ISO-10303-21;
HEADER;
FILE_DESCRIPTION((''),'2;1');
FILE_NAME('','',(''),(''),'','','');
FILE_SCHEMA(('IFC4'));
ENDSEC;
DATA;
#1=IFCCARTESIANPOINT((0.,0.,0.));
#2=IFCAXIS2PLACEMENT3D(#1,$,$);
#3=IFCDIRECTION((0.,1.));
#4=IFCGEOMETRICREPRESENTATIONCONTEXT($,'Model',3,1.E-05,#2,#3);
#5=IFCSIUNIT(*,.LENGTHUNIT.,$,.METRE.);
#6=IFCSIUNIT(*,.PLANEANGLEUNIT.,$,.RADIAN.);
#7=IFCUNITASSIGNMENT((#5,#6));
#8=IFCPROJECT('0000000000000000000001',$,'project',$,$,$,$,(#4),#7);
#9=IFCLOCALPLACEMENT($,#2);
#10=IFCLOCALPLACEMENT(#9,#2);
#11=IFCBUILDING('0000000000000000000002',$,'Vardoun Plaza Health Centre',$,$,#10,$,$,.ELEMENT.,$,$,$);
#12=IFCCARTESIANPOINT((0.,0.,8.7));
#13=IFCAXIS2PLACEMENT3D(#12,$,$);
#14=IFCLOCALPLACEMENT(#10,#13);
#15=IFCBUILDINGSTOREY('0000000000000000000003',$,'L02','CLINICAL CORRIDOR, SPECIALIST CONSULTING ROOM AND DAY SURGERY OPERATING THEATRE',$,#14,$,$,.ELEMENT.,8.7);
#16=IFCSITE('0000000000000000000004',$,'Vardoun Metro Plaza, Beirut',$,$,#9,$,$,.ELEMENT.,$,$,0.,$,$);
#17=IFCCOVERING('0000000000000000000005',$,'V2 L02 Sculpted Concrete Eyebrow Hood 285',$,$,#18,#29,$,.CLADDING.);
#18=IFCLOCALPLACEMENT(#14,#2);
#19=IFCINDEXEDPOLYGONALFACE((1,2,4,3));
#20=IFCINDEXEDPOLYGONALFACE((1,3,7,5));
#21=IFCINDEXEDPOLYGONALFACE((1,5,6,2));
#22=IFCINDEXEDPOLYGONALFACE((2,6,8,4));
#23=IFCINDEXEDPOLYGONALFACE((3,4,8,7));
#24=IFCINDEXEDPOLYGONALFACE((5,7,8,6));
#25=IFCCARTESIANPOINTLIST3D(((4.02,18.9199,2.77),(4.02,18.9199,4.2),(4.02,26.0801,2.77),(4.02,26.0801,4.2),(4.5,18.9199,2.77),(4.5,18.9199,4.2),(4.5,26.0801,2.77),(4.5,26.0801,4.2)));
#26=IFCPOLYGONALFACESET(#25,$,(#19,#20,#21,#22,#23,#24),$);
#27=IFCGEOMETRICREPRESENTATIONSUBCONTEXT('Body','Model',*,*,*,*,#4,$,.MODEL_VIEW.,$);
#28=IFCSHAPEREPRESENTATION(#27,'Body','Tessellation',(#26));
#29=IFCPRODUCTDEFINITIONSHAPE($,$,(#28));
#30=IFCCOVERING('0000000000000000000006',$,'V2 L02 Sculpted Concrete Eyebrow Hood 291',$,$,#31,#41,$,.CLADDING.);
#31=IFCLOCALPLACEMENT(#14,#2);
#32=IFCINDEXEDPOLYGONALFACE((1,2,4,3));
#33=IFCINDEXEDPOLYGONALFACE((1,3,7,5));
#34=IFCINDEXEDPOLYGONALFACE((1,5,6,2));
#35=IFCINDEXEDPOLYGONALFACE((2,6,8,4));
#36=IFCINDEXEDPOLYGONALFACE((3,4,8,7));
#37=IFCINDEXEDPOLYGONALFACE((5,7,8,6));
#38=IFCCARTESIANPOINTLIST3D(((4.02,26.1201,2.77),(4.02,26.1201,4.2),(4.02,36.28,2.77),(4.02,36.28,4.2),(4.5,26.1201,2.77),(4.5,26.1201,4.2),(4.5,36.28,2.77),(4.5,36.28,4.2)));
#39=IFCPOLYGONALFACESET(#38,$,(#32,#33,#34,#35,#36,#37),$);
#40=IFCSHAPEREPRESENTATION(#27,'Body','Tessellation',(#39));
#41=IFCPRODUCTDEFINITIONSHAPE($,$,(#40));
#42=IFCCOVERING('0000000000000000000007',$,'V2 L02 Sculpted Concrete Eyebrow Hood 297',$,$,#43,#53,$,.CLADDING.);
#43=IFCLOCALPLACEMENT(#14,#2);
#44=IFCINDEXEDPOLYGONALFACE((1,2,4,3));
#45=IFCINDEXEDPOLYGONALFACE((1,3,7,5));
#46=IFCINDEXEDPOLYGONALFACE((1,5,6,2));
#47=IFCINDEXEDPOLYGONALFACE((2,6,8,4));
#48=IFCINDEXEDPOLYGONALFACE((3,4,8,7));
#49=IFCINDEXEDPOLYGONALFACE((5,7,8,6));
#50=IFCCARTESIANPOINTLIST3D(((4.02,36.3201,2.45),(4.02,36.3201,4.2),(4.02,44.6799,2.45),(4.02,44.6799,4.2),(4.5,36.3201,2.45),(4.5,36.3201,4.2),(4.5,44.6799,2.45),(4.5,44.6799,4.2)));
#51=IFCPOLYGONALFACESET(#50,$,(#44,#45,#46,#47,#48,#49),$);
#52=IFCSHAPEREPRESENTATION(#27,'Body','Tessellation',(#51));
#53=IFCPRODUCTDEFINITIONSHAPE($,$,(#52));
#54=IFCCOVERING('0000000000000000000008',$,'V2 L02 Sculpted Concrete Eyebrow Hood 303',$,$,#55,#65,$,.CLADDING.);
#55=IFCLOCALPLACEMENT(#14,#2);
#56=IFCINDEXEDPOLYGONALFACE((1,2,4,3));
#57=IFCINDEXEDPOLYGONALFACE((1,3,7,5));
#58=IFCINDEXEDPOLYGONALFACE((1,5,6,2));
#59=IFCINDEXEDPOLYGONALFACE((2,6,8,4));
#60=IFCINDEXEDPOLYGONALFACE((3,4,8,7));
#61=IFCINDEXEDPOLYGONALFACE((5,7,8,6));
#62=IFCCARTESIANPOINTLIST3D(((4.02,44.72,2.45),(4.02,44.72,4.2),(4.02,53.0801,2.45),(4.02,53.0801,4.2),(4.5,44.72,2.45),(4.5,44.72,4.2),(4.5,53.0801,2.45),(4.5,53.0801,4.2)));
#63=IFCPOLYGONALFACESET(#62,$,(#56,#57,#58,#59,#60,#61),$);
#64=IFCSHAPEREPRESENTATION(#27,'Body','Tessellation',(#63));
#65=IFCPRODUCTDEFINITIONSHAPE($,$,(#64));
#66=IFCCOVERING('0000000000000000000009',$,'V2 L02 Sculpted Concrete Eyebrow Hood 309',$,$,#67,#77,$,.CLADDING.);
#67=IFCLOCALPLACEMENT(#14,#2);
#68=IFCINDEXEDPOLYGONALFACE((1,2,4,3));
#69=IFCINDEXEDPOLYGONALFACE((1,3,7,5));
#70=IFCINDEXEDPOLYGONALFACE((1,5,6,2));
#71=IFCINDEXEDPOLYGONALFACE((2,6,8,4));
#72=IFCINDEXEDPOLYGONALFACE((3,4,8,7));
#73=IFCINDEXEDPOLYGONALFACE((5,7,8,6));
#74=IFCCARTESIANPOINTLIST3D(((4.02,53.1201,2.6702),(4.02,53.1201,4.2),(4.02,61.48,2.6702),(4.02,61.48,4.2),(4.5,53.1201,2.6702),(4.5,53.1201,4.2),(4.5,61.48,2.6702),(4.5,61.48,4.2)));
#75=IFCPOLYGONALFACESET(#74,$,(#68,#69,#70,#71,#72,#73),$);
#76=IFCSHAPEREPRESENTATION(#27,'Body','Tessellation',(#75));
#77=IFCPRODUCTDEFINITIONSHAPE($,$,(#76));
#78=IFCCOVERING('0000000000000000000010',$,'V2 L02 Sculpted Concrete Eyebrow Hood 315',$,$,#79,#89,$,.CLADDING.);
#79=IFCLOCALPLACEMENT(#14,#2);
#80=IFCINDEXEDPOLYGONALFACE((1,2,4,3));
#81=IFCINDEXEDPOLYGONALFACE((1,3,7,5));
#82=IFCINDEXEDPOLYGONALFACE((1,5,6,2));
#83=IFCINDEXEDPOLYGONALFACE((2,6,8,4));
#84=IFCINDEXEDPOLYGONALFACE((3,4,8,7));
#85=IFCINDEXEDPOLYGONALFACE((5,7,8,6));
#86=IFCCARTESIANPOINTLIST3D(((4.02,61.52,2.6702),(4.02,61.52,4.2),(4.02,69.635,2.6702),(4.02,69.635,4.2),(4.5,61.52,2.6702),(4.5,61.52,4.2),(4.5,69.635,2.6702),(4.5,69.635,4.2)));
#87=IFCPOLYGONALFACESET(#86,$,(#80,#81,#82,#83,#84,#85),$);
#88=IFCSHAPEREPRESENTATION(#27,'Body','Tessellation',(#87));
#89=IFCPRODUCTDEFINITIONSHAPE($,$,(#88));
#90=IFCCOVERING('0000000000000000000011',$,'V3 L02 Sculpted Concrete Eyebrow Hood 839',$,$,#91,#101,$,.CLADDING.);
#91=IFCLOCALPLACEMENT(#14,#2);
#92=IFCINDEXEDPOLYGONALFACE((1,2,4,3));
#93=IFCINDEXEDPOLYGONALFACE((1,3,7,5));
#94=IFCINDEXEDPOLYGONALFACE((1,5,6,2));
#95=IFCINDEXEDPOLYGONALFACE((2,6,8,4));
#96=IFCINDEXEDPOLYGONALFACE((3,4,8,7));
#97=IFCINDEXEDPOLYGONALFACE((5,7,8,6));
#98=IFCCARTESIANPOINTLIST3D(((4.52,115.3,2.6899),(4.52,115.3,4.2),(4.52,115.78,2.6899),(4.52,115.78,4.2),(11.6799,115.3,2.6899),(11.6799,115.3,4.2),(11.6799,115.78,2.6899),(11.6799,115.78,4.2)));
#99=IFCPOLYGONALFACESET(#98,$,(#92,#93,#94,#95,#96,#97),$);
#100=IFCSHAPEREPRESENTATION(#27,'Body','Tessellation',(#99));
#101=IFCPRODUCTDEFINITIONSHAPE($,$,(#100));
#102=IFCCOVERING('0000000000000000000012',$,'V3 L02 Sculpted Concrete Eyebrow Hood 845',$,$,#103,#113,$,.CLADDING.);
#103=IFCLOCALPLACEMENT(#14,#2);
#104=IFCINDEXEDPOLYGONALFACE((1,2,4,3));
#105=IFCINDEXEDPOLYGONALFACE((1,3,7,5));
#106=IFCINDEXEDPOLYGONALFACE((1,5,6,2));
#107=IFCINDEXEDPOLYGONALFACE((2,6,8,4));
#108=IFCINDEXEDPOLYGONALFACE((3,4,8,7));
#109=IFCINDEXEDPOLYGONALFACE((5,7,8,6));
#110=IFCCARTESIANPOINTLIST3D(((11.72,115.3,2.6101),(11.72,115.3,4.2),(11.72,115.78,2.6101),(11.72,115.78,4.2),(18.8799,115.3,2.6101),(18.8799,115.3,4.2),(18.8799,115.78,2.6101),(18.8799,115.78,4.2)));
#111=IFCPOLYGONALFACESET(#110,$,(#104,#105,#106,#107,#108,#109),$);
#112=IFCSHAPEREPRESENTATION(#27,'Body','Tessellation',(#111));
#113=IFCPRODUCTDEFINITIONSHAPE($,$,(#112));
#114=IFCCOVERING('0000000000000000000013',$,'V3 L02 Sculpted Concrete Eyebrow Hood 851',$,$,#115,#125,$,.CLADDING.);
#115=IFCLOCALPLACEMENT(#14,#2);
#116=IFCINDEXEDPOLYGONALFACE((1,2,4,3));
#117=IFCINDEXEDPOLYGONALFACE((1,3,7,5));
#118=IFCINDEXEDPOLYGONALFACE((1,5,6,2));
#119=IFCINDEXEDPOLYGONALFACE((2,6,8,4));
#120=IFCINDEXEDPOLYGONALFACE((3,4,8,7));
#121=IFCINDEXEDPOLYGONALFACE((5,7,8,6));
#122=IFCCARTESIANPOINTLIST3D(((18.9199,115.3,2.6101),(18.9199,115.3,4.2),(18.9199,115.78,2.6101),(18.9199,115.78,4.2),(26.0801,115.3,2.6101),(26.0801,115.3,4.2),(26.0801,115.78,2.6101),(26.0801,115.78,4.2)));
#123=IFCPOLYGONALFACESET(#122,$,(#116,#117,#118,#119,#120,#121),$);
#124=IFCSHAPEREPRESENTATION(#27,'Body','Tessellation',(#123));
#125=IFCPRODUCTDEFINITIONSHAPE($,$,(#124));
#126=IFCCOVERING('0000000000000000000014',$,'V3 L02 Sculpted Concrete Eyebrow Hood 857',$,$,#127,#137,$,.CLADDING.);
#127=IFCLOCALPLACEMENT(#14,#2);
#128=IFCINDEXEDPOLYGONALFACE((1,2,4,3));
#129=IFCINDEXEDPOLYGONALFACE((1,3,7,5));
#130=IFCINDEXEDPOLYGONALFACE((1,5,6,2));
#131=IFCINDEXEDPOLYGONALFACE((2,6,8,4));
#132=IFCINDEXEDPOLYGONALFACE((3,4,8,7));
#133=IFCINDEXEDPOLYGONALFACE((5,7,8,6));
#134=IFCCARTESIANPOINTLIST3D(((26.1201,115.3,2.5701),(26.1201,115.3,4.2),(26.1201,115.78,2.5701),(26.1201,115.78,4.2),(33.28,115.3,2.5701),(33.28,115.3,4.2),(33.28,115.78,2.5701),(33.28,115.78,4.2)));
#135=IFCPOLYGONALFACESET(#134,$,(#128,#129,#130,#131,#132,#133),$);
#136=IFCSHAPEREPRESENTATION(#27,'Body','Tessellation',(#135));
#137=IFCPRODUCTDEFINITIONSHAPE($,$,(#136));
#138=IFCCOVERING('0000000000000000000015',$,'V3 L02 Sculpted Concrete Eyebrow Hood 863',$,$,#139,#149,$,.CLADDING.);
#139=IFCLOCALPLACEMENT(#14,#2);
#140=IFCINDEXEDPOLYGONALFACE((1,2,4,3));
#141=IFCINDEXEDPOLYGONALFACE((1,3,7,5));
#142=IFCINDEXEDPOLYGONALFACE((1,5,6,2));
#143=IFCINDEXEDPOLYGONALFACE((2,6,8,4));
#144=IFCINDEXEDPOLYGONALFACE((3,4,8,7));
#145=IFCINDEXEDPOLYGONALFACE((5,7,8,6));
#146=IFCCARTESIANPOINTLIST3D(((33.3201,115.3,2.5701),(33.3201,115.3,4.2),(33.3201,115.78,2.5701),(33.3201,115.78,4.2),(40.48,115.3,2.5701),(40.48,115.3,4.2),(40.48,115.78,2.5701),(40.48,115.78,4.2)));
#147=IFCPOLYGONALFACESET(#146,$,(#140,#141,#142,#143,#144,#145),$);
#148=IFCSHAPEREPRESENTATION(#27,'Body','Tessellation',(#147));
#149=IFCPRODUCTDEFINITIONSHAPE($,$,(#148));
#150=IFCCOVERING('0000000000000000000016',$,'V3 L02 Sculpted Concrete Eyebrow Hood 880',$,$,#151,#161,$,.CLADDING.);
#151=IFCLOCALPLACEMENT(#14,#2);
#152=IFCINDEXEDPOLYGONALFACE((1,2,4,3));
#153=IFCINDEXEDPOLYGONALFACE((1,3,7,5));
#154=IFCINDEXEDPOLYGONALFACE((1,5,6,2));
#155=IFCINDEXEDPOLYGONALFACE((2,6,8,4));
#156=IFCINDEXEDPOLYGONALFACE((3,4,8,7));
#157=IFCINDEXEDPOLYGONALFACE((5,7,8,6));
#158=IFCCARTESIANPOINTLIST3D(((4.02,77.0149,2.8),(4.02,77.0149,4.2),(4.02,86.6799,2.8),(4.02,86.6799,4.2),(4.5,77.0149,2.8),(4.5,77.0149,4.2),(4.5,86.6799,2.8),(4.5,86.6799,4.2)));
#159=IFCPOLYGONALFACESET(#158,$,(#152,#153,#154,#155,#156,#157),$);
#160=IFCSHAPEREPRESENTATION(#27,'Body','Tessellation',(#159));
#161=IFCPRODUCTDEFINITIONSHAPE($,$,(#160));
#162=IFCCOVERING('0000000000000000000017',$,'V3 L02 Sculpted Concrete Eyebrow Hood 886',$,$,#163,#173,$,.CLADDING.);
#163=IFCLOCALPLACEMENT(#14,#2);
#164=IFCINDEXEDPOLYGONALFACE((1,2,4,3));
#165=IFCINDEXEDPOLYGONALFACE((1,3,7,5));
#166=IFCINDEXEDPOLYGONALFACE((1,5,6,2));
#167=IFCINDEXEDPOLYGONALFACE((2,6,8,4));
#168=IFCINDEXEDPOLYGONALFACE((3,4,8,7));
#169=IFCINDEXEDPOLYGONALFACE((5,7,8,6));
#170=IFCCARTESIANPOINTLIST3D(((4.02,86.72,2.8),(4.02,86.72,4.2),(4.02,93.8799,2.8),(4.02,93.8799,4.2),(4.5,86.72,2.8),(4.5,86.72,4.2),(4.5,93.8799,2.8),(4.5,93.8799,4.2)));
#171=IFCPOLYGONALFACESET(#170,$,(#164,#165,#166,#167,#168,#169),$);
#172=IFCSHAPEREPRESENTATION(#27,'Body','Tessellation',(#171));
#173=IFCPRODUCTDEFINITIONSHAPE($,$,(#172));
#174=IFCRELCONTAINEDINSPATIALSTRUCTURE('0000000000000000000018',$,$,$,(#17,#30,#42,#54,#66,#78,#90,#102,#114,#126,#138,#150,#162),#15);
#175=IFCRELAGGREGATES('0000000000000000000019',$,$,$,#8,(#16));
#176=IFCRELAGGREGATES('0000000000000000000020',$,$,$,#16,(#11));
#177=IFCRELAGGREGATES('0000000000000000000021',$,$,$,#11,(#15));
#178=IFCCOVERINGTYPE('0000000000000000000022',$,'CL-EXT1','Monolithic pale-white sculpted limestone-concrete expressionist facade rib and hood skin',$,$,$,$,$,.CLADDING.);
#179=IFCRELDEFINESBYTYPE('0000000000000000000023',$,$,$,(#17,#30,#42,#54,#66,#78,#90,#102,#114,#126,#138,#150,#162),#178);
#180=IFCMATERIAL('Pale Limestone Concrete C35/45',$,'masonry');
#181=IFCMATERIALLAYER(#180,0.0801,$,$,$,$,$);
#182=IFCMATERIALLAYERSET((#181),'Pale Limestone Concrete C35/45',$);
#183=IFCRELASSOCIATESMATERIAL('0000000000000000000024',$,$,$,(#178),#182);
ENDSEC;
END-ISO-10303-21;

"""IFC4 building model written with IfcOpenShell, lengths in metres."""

from ifc_helpers import new_model, si_unit, direction, frame, origin, place, context, subcontext, project, spatial, polyline, outline, extrude, material, layer, layer_set, type_object, element, save


model = new_model("IFC4")

# Units and contexts
model_context = context("Model", 3, precision=1e-05, world=origin(), true_north=direction((0.0, 1.0)))
body_context = subcontext(model_context, "Body", "Model", "MODEL_VIEW")
ifc_project = project(units=[si_unit("LENGTHUNIT", "METRE"), si_unit("PLANEANGLEUNIT", "RADIAN")], contexts=[model_context])

# Site, building, storey
site_placement = place(None, origin())
site = spatial("IfcSite", under=ifc_project, at=site_placement, Name="Vardoun Metro Plaza, Beirut", CompositionType="ELEMENT", RefElevation=0.0)
building_placement = place(site_placement, origin())
building = spatial("IfcBuilding", under=site, at=building_placement, Name="Vardoun Plaza Health Centre", CompositionType="ELEMENT")
storey_placement = place(building_placement, frame((0.0, 0.0, 8.7)))
storey = spatial("IfcBuildingStorey", under=building, at=storey_placement, Name="L02", Description="CLINICAL CORRIDOR, SPECIALIST CONSULTING ROOM AND DAY SURGERY OPERATING THEATRE", CompositionType="ELEMENT", Elevation=8.7)

# Coverings
ifc_material = material(Name="Pale Limestone Concrete C35/45", Category="masonry")
ifc_layer = layer(ifc_material, 0.0801)
ifc_layer_set = layer_set([ifc_layer], Name="Pale Limestone Concrete C35/45")
covering_type = type_object("IfcCoveringType", Name="CL-EXT1", Description="Monolithic pale-white sculpted limestone-concrete expressionist facade rib and hood skin", PredefinedType="CLADDING", material=ifc_layer_set)
covering_1_placement = place(storey_placement, frame((0.0, 0.0, 2.77)))
element("IfcCovering", 1, at=covering_1_placement, inside=storey, type_object=covering_type, Name="V2 L02 Sculpted Concrete Eyebrow Hood 285", PredefinedType="CLADDING", context=body_context, shape_type="SweptSolid", body=[
    extrude(outline(polyline([(4.5, 18.9199), (4.5, 26.0801), (4.02, 26.0801), (4.02, 18.9199), (4.5, 18.9199)])), origin(), (0.0, 0.0, 1.0), 1.4299),
])
covering_2_placement = place(storey_placement, frame((0.0, 0.0, 2.77)))
element("IfcCovering", 2, at=covering_2_placement, inside=storey, type_object=covering_type, Name="V2 L02 Sculpted Concrete Eyebrow Hood 291", PredefinedType="CLADDING", context=body_context, shape_type="SweptSolid", body=[
    extrude(outline(polyline([(4.5, 26.1201), (4.5, 36.28), (4.02, 36.28), (4.02, 26.1201), (4.5, 26.1201)])), origin(), (0.0, 0.0, 1.0), 1.4299),
])
covering_3_placement = place(storey_placement, frame((0.0, 0.0, 2.45)))
element("IfcCovering", 3, at=covering_3_placement, inside=storey, type_object=covering_type, Name="V2 L02 Sculpted Concrete Eyebrow Hood 297", PredefinedType="CLADDING", context=body_context, shape_type="SweptSolid", body=[
    extrude(outline(polyline([(4.5, 36.3201), (4.5, 44.6799), (4.02, 44.6799), (4.02, 36.3201), (4.5, 36.3201)])), origin(), (0.0, 0.0, 1.0), 1.75),
])
covering_4_placement = place(storey_placement, frame((0.0, 0.0, 2.45)))
element("IfcCovering", 4, at=covering_4_placement, inside=storey, type_object=covering_type, Name="V2 L02 Sculpted Concrete Eyebrow Hood 303", PredefinedType="CLADDING", context=body_context, shape_type="SweptSolid", body=[
    extrude(outline(polyline([(4.5, 44.72), (4.5, 53.0801), (4.02, 53.0801), (4.02, 44.72), (4.5, 44.72)])), origin(), (0.0, 0.0, 1.0), 1.75),
])
covering_5_placement = place(storey_placement, frame((0.0, 0.0, 2.6702)))
element("IfcCovering", 5, at=covering_5_placement, inside=storey, type_object=covering_type, Name="V2 L02 Sculpted Concrete Eyebrow Hood 309", PredefinedType="CLADDING", context=body_context, shape_type="SweptSolid", body=[
    extrude(outline(polyline([(4.5, 53.1201), (4.5, 61.48), (4.02, 61.48), (4.02, 53.1201), (4.5, 53.1201)])), origin(), (0.0, 0.0, 1.0), 1.5298),
])
covering_6_placement = place(storey_placement, frame((0.0, 0.0, 2.6702)))
element("IfcCovering", 6, at=covering_6_placement, inside=storey, type_object=covering_type, Name="V2 L02 Sculpted Concrete Eyebrow Hood 315", PredefinedType="CLADDING", context=body_context, shape_type="SweptSolid", body=[
    extrude(outline(polyline([(4.5, 61.52), (4.5, 69.635), (4.02, 69.635), (4.02, 61.52), (4.5, 61.52)])), origin(), (0.0, 0.0, 1.0), 1.5298),
])
covering_7_placement = place(storey_placement, frame((0.0, 0.0, 2.6899)))
element("IfcCovering", 7, at=covering_7_placement, inside=storey, type_object=covering_type, Name="V3 L02 Sculpted Concrete Eyebrow Hood 839", PredefinedType="CLADDING", context=body_context, shape_type="SweptSolid", body=[
    extrude(outline(polyline([(4.52, 115.3), (11.6799, 115.3), (11.6799, 115.78), (4.52, 115.78), (4.52, 115.3)])), origin(), (0.0, 0.0, 1.0), 1.51),
])
covering_8_placement = place(storey_placement, frame((0.0, 0.0, 2.6101)))
element("IfcCovering", 8, at=covering_8_placement, inside=storey, type_object=covering_type, Name="V3 L02 Sculpted Concrete Eyebrow Hood 845", PredefinedType="CLADDING", context=body_context, shape_type="SweptSolid", body=[
    extrude(outline(polyline([(11.72, 115.3), (18.8799, 115.3), (18.8799, 115.78), (11.72, 115.78), (11.72, 115.3)])), origin(), (0.0, 0.0, 1.0), 1.5898),
])
covering_9_placement = place(storey_placement, frame((0.0, 0.0, 2.6101)))
element("IfcCovering", 9, at=covering_9_placement, inside=storey, type_object=covering_type, Name="V3 L02 Sculpted Concrete Eyebrow Hood 851", PredefinedType="CLADDING", context=body_context, shape_type="SweptSolid", body=[
    extrude(outline(polyline([(18.9199, 115.3), (26.0801, 115.3), (26.0801, 115.78), (18.9199, 115.78), (18.9199, 115.3)])), origin(), (0.0, 0.0, 1.0), 1.5898),
])
covering_10_placement = place(storey_placement, frame((0.0, 0.0, 2.5701)))
element("IfcCovering", 10, at=covering_10_placement, inside=storey, type_object=covering_type, Name="V3 L02 Sculpted Concrete Eyebrow Hood 857", PredefinedType="CLADDING", context=body_context, shape_type="SweptSolid", body=[
    extrude(outline(polyline([(26.1201, 115.3), (33.28, 115.3), (33.28, 115.78), (26.1201, 115.78), (26.1201, 115.3)])), origin(), (0.0, 0.0, 1.0), 1.6299),
])
covering_11_placement = place(storey_placement, frame((0.0, 0.0, 2.5701)))
element("IfcCovering", 11, at=covering_11_placement, inside=storey, type_object=covering_type, Name="V3 L02 Sculpted Concrete Eyebrow Hood 863", PredefinedType="CLADDING", context=body_context, shape_type="SweptSolid", body=[
    extrude(outline(polyline([(33.3201, 115.3), (40.48, 115.3), (40.48, 115.78), (33.3201, 115.78), (33.3201, 115.3)])), origin(), (0.0, 0.0, 1.0), 1.6299),
])
covering_12_placement = place(storey_placement, frame((0.0, 0.0, 2.8)))
element("IfcCovering", 12, at=covering_12_placement, inside=storey, type_object=covering_type, Name="V3 L02 Sculpted Concrete Eyebrow Hood 880", PredefinedType="CLADDING", context=body_context, shape_type="SweptSolid", body=[
    extrude(outline(polyline([(4.5, 77.0149), (4.5, 86.6799), (4.02, 86.6799), (4.02, 77.0149), (4.5, 77.0149)])), origin(), (0.0, 0.0, 1.0), 1.3999),
])
covering_13_placement = place(storey_placement, frame((0.0, 0.0, 2.8)))
element("IfcCovering", 13, at=covering_13_placement, inside=storey, type_object=covering_type, Name="V3 L02 Sculpted Concrete Eyebrow Hood 886", PredefinedType="CLADDING", context=body_context, shape_type="SweptSolid", body=[
    extrude(outline(polyline([(4.5, 86.72), (4.5, 93.8799), (4.02, 93.8799), (4.02, 86.72), (4.5, 86.72)])), origin(), (0.0, 0.0, 1.0), 1.3999),
])

save(model, "model.ifc")
